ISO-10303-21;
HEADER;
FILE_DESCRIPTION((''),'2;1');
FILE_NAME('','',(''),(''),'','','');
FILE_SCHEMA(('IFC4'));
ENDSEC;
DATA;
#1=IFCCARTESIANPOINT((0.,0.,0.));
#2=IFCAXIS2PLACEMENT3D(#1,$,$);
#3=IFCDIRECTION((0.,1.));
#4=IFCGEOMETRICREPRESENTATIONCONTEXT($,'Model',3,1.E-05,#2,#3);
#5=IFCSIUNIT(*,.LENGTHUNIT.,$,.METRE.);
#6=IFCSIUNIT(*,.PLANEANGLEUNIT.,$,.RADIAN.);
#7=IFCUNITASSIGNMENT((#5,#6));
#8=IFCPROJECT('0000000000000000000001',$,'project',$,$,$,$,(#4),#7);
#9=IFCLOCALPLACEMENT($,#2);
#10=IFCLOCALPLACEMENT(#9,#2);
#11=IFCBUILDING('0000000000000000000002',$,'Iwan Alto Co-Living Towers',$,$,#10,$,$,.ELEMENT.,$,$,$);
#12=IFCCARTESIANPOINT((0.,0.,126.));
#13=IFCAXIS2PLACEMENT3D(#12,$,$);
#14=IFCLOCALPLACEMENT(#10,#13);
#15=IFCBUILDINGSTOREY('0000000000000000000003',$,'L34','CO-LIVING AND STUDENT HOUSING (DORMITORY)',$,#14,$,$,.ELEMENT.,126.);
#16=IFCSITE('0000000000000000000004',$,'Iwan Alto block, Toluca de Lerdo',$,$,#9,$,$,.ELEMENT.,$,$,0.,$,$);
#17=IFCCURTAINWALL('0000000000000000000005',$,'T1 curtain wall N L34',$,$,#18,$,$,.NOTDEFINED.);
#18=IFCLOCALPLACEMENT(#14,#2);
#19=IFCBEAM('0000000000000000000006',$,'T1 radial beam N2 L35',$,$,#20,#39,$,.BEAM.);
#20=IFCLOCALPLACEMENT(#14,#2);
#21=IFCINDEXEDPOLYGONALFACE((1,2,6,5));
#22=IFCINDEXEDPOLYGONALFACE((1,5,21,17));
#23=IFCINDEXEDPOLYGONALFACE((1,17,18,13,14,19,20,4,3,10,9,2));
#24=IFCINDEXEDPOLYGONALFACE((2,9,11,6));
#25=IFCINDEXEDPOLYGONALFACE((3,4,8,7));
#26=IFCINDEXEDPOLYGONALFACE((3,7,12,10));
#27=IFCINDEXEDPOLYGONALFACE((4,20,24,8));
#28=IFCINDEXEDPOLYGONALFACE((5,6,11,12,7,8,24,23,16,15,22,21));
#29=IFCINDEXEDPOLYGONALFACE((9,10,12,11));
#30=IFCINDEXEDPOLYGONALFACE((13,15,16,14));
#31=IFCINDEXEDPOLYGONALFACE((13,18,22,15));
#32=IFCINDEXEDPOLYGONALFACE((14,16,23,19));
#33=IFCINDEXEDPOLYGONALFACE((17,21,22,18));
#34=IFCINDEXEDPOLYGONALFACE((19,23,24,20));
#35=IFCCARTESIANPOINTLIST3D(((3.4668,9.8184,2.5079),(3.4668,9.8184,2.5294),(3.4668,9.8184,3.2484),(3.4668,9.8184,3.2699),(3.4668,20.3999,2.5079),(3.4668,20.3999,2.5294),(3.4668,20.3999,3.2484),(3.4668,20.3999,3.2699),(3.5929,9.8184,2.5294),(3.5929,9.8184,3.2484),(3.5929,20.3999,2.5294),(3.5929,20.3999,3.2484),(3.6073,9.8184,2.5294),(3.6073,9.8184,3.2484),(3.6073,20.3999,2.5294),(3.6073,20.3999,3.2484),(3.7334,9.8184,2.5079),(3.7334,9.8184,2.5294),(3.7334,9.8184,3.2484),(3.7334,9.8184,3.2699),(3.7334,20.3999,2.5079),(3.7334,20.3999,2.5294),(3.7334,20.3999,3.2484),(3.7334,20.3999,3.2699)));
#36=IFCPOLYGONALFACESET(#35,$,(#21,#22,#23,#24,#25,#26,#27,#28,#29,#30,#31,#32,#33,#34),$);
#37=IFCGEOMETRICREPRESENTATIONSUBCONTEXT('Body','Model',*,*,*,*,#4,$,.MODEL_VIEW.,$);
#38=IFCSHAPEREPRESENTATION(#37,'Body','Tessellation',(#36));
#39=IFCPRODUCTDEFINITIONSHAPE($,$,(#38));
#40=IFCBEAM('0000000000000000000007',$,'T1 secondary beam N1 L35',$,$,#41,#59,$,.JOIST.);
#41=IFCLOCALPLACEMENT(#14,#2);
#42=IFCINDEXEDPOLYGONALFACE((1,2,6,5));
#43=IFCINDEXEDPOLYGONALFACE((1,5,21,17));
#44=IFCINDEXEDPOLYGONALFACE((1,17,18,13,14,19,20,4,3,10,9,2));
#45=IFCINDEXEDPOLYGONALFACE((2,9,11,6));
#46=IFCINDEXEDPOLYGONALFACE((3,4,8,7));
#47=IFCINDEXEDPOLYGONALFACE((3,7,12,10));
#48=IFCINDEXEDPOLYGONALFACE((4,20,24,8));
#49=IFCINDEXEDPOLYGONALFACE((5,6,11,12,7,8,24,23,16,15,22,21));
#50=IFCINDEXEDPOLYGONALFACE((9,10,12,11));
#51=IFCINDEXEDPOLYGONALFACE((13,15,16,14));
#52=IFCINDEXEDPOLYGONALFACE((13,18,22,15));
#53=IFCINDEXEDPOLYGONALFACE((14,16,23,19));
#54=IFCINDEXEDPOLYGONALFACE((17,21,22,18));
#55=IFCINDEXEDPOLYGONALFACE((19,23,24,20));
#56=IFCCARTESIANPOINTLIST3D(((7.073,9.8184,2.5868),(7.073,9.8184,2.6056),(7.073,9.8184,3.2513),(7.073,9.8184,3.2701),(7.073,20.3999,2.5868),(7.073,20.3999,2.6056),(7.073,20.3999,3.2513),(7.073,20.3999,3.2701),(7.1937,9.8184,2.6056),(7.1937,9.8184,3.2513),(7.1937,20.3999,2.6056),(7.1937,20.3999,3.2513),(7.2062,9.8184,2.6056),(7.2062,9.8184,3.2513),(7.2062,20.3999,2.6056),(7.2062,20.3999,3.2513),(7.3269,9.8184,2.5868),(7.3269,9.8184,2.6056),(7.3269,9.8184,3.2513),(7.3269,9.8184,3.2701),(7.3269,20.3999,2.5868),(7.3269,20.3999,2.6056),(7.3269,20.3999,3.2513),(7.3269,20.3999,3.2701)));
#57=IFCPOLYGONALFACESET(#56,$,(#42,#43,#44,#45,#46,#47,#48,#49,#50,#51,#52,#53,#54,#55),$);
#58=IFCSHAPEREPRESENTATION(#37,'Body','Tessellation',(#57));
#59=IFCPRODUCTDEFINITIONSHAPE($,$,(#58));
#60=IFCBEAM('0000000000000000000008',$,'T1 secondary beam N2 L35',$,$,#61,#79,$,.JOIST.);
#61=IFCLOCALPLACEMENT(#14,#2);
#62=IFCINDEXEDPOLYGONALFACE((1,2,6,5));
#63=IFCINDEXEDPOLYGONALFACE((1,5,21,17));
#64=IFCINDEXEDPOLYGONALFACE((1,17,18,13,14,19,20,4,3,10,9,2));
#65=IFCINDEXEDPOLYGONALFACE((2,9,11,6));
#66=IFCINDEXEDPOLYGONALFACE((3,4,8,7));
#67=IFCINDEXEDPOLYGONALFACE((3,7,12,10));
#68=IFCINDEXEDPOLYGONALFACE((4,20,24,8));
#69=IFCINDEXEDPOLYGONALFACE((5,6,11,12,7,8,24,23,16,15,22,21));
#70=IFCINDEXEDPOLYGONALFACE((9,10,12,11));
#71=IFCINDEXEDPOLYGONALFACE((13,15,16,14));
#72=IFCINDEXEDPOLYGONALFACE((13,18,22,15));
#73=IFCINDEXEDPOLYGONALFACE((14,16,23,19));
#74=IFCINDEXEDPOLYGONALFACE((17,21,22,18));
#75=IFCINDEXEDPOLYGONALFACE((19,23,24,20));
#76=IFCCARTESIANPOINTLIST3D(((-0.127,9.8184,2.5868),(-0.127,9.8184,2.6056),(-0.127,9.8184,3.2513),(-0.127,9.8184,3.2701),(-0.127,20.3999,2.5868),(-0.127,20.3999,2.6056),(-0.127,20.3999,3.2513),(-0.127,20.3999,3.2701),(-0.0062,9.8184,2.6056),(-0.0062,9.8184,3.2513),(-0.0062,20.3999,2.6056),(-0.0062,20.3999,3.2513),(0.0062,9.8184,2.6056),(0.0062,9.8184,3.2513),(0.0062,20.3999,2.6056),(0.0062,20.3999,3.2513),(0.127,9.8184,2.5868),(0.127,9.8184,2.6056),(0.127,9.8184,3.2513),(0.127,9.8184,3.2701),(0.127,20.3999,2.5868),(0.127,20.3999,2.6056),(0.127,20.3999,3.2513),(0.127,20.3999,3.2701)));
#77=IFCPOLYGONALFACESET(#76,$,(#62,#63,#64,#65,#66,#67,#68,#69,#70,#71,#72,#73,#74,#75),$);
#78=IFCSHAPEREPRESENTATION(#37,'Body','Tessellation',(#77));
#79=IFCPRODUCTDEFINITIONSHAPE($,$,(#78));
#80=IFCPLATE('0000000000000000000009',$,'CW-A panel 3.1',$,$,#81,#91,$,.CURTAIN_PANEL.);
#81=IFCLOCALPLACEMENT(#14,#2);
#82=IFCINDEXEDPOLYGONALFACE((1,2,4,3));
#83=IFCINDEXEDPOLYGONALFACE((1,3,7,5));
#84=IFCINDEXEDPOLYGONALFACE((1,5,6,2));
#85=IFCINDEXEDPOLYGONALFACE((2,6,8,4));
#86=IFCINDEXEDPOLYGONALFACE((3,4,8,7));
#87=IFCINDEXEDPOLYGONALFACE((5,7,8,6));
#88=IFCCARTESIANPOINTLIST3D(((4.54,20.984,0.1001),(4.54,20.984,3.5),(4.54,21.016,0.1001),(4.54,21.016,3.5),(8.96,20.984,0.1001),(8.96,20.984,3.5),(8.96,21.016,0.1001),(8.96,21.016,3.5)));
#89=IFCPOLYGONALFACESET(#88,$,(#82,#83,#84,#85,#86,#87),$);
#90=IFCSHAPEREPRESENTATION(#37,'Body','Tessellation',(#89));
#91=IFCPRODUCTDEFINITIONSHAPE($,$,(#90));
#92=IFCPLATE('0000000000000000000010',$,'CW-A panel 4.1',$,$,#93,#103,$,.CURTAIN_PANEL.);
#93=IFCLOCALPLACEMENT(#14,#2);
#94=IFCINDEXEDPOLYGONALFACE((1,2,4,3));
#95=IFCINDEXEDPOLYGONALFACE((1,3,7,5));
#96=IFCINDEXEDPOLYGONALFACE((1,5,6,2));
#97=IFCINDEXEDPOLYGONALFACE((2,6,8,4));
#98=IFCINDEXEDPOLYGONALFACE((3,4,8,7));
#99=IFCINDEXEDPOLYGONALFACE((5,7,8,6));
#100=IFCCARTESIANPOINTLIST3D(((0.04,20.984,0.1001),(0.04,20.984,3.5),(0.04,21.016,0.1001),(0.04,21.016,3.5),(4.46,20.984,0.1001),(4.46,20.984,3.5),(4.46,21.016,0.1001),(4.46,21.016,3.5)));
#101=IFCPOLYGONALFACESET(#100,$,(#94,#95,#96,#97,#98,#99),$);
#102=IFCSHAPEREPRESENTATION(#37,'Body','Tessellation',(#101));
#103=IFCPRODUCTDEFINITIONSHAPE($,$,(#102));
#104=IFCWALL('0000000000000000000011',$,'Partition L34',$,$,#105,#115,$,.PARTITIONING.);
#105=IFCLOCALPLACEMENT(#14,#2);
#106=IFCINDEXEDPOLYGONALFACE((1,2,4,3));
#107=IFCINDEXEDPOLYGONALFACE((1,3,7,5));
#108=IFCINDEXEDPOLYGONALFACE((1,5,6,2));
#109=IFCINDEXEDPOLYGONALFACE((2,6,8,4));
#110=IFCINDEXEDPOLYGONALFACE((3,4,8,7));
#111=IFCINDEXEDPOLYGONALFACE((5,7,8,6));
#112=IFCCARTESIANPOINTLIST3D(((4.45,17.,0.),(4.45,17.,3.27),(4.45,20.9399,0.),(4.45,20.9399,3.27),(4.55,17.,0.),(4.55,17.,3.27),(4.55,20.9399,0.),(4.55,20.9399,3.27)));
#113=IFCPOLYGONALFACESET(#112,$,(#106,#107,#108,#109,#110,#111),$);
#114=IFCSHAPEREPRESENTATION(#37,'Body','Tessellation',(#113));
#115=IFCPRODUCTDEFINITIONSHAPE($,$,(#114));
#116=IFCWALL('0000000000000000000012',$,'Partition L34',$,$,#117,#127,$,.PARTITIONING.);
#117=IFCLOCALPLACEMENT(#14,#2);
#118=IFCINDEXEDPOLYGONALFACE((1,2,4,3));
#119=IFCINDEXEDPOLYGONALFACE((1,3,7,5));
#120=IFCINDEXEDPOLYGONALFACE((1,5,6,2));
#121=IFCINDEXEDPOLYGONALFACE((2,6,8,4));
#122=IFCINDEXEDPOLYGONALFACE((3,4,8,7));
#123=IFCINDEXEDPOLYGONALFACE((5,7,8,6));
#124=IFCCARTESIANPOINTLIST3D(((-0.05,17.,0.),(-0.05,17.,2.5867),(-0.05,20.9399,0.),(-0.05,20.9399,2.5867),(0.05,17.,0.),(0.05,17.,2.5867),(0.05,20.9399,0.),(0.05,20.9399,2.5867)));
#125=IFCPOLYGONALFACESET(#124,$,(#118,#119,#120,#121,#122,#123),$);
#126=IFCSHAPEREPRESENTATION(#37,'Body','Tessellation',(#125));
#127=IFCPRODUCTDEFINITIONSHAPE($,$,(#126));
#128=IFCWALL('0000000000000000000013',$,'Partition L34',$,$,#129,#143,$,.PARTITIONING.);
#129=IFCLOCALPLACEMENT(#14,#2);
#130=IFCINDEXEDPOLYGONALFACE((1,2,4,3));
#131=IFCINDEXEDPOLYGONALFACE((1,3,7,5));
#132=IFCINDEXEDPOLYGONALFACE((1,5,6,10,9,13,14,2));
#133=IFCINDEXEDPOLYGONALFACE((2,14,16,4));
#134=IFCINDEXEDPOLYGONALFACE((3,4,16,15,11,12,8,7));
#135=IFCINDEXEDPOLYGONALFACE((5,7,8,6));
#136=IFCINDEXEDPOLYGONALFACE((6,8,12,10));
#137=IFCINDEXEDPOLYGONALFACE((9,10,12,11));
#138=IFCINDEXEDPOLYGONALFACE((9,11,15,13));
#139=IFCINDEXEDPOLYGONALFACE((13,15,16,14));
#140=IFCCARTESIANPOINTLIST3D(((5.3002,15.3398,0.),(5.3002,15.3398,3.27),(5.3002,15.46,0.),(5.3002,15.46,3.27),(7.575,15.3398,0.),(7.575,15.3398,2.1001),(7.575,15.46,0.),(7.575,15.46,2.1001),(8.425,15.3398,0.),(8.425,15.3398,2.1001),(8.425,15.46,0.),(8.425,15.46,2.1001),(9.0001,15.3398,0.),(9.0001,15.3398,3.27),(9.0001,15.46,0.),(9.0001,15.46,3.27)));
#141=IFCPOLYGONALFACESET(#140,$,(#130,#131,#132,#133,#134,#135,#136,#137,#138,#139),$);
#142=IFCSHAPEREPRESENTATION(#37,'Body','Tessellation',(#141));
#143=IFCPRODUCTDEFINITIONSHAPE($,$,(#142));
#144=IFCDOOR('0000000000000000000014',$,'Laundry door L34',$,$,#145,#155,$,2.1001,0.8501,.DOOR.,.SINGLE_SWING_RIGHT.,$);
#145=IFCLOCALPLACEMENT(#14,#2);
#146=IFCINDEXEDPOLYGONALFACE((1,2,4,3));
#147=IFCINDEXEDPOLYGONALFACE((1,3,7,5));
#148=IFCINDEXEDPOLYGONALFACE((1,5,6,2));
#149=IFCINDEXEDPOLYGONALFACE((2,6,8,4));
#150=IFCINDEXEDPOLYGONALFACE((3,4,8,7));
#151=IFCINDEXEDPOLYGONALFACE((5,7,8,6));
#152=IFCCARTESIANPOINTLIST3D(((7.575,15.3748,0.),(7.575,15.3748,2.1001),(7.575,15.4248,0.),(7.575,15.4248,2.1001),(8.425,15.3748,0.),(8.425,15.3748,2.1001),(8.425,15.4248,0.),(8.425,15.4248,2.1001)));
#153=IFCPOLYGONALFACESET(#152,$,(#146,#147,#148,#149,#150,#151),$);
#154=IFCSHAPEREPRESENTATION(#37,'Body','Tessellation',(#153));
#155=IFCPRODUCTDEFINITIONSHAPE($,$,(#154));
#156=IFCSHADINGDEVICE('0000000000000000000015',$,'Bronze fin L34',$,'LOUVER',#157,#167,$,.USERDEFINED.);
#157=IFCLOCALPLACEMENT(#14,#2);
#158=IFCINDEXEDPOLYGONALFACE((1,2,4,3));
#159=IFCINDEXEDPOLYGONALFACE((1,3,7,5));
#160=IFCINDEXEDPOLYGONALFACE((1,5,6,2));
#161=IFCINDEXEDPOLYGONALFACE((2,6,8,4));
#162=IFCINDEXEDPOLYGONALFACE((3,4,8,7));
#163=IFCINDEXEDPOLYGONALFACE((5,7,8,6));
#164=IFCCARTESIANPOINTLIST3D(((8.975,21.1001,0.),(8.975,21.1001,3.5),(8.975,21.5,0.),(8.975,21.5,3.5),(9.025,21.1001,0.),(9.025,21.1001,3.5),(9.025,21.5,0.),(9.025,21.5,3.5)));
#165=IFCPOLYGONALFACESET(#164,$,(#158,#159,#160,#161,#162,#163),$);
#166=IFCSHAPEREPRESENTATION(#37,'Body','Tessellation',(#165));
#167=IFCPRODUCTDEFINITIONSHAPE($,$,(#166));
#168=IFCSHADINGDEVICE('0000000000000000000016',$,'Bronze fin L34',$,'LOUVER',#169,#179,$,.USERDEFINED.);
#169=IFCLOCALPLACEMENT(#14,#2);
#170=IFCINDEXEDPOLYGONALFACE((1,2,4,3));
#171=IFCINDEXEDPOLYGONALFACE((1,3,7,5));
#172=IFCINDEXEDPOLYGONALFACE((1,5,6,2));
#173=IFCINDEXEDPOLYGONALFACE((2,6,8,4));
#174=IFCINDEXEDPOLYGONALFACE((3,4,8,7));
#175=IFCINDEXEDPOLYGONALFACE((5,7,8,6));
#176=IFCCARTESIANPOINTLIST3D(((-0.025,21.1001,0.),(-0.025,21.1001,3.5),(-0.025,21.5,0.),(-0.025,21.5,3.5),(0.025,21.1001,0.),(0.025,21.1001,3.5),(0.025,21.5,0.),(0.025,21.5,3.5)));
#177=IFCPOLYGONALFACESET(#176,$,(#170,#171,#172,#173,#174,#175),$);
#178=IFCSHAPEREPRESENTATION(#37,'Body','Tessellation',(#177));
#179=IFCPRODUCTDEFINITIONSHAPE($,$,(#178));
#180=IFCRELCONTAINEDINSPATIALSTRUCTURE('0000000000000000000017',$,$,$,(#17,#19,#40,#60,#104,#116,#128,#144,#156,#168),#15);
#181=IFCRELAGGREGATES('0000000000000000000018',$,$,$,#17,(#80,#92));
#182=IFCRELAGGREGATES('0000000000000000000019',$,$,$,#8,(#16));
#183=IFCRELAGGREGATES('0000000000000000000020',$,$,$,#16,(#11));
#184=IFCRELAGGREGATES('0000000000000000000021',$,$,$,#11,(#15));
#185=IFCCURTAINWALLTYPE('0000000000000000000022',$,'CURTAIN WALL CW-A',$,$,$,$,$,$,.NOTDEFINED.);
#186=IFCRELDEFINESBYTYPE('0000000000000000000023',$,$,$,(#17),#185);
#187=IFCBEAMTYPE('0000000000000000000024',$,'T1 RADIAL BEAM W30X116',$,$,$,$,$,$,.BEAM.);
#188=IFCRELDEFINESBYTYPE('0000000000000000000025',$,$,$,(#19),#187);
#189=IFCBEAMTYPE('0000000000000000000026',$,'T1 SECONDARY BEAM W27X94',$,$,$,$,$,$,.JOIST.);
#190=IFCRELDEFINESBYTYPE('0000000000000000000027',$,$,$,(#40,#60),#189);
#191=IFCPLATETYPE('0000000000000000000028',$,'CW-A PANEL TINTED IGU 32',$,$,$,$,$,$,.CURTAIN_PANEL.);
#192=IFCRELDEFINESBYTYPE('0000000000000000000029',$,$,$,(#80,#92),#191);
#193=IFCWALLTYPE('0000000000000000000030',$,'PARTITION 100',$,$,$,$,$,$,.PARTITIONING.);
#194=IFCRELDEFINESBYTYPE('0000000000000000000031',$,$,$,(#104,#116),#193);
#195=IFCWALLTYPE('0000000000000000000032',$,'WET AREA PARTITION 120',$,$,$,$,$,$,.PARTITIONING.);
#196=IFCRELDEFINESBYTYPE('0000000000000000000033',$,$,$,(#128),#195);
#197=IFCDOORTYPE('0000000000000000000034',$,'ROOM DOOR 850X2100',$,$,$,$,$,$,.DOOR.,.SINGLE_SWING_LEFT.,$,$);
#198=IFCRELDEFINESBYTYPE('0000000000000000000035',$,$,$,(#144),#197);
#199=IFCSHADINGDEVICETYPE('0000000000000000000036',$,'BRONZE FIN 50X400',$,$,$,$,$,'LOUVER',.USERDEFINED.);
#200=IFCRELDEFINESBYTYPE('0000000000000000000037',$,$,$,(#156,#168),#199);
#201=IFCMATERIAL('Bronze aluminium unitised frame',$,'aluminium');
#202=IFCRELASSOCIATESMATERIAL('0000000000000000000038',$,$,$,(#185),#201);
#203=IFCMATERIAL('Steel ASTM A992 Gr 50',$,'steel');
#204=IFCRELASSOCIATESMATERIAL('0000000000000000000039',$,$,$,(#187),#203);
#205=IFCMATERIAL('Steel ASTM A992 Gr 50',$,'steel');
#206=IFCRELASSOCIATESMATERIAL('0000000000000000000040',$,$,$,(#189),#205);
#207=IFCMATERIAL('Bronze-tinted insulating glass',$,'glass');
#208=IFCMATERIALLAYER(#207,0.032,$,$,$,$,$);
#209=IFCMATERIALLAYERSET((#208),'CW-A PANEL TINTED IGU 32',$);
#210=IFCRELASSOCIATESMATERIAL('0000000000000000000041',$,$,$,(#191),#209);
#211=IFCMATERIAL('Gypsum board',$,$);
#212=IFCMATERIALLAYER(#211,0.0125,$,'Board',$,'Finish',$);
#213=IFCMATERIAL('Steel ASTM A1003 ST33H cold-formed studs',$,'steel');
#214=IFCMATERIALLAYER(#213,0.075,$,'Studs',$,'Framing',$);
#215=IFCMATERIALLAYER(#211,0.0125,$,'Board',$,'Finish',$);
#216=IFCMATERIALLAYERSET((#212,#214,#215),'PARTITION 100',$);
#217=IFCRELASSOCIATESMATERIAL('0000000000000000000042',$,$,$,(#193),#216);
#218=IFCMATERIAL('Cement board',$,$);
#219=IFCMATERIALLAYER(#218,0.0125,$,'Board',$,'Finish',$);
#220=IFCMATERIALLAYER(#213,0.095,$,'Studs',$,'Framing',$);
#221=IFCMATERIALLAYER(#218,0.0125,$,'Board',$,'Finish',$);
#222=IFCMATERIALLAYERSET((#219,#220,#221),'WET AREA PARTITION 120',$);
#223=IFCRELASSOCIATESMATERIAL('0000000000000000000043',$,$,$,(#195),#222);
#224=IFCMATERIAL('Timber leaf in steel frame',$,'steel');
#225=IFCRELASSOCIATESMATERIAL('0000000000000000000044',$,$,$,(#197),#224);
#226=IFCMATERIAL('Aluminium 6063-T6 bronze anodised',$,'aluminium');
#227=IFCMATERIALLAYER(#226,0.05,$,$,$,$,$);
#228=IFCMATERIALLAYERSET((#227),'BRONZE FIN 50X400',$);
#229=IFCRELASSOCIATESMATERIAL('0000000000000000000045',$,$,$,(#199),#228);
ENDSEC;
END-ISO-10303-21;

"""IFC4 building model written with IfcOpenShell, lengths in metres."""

from ifc_helpers import new_model, si_unit, direction, frame, frame_2d, origin, origin_2d, place, context, subcontext, project, spatial, rectangle, i_section, extrude, material, layer, layer_set, material_profile, profile_set, type_object, element, fill, aggregate, save


model = new_model("IFC4")

# Units and contexts
model_context = context("Model", 3, precision=1e-05, world=origin(), true_north=direction((0.0, 1.0)))
body_context = subcontext(model_context, "Body", "Model", "MODEL_VIEW")
ifc_project = project(units=[si_unit("LENGTHUNIT", "METRE"), si_unit("PLANEANGLEUNIT", "RADIAN")], contexts=[model_context])

# Site, building, storey
site_placement = place(None, origin())
site = spatial("IfcSite", under=ifc_project, at=site_placement, Name="Iwan Alto block, Toluca de Lerdo", CompositionType="ELEMENT", RefElevation=0.0)
building_placement = place(site_placement, origin())
building = spatial("IfcBuilding", under=site, at=building_placement, Name="Iwan Alto Co-Living Towers", CompositionType="ELEMENT")
storey_placement = place(building_placement, frame((0.0, 0.0, 126.0)))
storey = spatial("IfcBuildingStorey", under=building, at=storey_placement, Name="L34", Description="CO-LIVING AND STUDENT HOUSING (DORMITORY)", CompositionType="ELEMENT", Elevation=126.0)

# Curtain wall
ifc_material_1 = material(Name="Bronze aluminium unitised frame", Category="aluminium")
curtain_wall_type = type_object("IfcCurtainWallType", Name="CURTAIN WALL CW-A", PredefinedType="NOTDEFINED", material=ifc_material_1)
curtain_wall_placement = place(storey_placement, origin())
curtain_wall = element("IfcCurtainWall", 1, at=curtain_wall_placement, inside=storey, type_object=curtain_wall_type, Name="T1 curtain wall N L34", PredefinedType="NOTDEFINED")

# Beams
ifc_material_2 = material(Name="Steel ASTM A992 Gr 50", Category="steel")
ifc_material_profile_1 = material_profile(ifc_material_2, i_section(OverallWidth=0.2666, OverallDepth=0.762, WebThickness=0.0144, FlangeThickness=0.0215, at=origin_2d()), Name="W30X116")
ifc_profile_set_1 = profile_set([ifc_material_profile_1], Name="Steel ASTM A992 Gr 50")
beam_type_1 = type_object("IfcBeamType", Name="T1 RADIAL BEAM W30X116", PredefinedType="BEAM", material=ifc_profile_set_1)
beam_1_placement = place(storey_placement, frame((3.6001, 20.3999, 2.8889), z_axis=(0.0, -1.0, 0.0), x_axis=(1.0, 0.0, 0.0)))
element("IfcBeam", 2, at=beam_1_placement, inside=storey, type_object=beam_type_1, Name="T1 radial beam N2 L35", PredefinedType="BEAM", context=body_context, shape_type="SweptSolid", body=[
    extrude(i_section(OverallWidth=0.2666, OverallDepth=0.762, WebThickness=0.0144, FlangeThickness=0.0215, at=origin_2d()), origin(), (0.0, 0.0, 1.0), 10.5815),
])
ifc_material_3 = material(Name="Steel ASTM A992 Gr 50", Category="steel")
ifc_material_profile_2 = material_profile(ifc_material_3, i_section(OverallWidth=0.2539, OverallDepth=0.6833, WebThickness=0.0125, FlangeThickness=0.0188, at=origin_2d()), Name="W27X94")
ifc_profile_set_2 = profile_set([ifc_material_profile_2], Name="Steel ASTM A992 Gr 50")
beam_type_2 = type_object("IfcBeamType", Name="T1 SECONDARY BEAM W27X94", PredefinedType="JOIST", material=ifc_profile_set_2)
for number, where, z_axis, x_axis, name in (
    (3, (7.2, 20.3999, 2.9285), (0.0, -1.0, 0.0), (1.0, 0.0, 0.0), "T1 secondary beam N1 L35"),
    (4, (0.0, 20.3999, 2.9285), (0.0, -1.0, 0.0), (1.0, 0.0, 0.0), "T1 secondary beam N2 L35"),
):
    element("IfcBeam", number, at=place(storey_placement, frame(where, z_axis=z_axis, x_axis=x_axis)), inside=storey, type_object=beam_type_2, Name=name, PredefinedType="JOIST", context=body_context, shape_type="SweptSolid", body=[
        extrude(i_section(OverallWidth=0.2539, OverallDepth=0.6833, WebThickness=0.0125, FlangeThickness=0.0188, at=origin_2d()), origin(), (0.0, 0.0, 1.0), 10.5815),
    ])

# Plates
ifc_material_4 = material(Name="Bronze-tinted insulating glass", Category="glass")
ifc_layer_1 = layer(ifc_material_4, 0.032)
ifc_layer_set_1 = layer_set([ifc_layer_1], Name="CW-A PANEL TINTED IGU 32")
plate_type = type_object("IfcPlateType", Name="CW-A PANEL TINTED IGU 32", PredefinedType="CURTAIN_PANEL", material=ifc_layer_set_1)
plate_1_placement = place(storey_placement, frame((6.75, 21.0, 0.1001), z_axis=(0.0, 0.0, 1.0), x_axis=(-1.0, 0.0, 0.0)))
plate_1 = element("IfcPlate", 5, at=plate_1_placement, type_object=plate_type, Name="CW-A panel 3.1", PredefinedType="CURTAIN_PANEL", context=body_context, shape_type="SweptSolid", body=[
    extrude(rectangle(XDim=4.4199, YDim=0.032, at=origin_2d()), origin(), (0.0, 0.0, 1.0), 3.3999),
])
plate_2_placement = place(storey_placement, frame((2.25, 21.0, 0.1001), z_axis=(0.0, 0.0, 1.0), x_axis=(-1.0, 0.0, 0.0)))
plate_2 = element("IfcPlate", 6, at=plate_2_placement, type_object=plate_type, Name="CW-A panel 4.1", PredefinedType="CURTAIN_PANEL", context=body_context, shape_type="SweptSolid", body=[
    extrude(rectangle(XDim=4.4199, YDim=0.032, at=origin_2d()), origin(), (0.0, 0.0, 1.0), 3.3999),
])
aggregate(curtain_wall, [plate_1, plate_2])

# Walls
ifc_material_5 = material(Name="Gypsum board")
ifc_layer_2 = layer(ifc_material_5, 0.0125, Name="Board", Category="Finish")
ifc_material_6 = material(Name="Steel ASTM A1003 ST33H cold-formed studs", Category="steel")
ifc_layer_3 = layer(ifc_material_6, 0.075, Name="Studs", Category="Framing")
ifc_layer_4 = layer(ifc_material_5, 0.0125, Name="Board", Category="Finish")
ifc_layer_set_2 = layer_set([ifc_layer_2, ifc_layer_3, ifc_layer_4], Name="PARTITION 100")
wall_type_1 = type_object("IfcWallType", Name="PARTITION 100", PredefinedType="PARTITIONING", material=ifc_layer_set_2)
wall_1_placement = place(storey_placement, frame((4.5, 17.0, 0.0), z_axis=(0.0, 0.0, 1.0), x_axis=(0.0, 1.0, 0.0)))
element("IfcWall", 7, at=wall_1_placement, inside=storey, type_object=wall_type_1, Name="Partition L34", PredefinedType="PARTITIONING", context=body_context, shape_type="SweptSolid", body=[
    extrude(rectangle(XDim=3.9399, YDim=0.1001, at=frame_2d((1.97, 0.0))), origin(), (0.0, 0.0, 1.0), 3.27),
])
wall_2_placement = place(storey_placement, frame((0.0, 17.0, 0.0), z_axis=(0.0, 0.0, 1.0), x_axis=(0.0, 1.0, 0.0)))
element("IfcWall", 8, at=wall_2_placement, inside=storey, type_object=wall_type_1, Name="Partition L34", PredefinedType="PARTITIONING", context=body_context, shape_type="SweptSolid", body=[
    extrude(rectangle(XDim=3.9399, YDim=0.1001, at=frame_2d((1.97, 0.0))), origin(), (0.0, 0.0, 1.0), 2.5867),
])

# Wall, opening, door
ifc_material_7 = material(Name="Cement board")
ifc_layer_5 = layer(ifc_material_7, 0.0125, Name="Board", Category="Finish")
ifc_layer_6 = layer(ifc_material_6, 0.095, Name="Studs", Category="Framing")
ifc_layer_7 = layer(ifc_material_7, 0.0125, Name="Board", Category="Finish")
ifc_layer_set_3 = layer_set([ifc_layer_5, ifc_layer_6, ifc_layer_7], Name="WET AREA PARTITION 120")
wall_type_2 = type_object("IfcWallType", Name="WET AREA PARTITION 120", PredefinedType="PARTITIONING", material=ifc_layer_set_3)
wall_3_placement = place(storey_placement, frame((5.3, 15.3999, 0.0), z_axis=(0.0, 0.0, 1.0), x_axis=(1.0, 0.0, 0.0)))
wall_3 = element("IfcWall", 9, at=wall_3_placement, inside=storey, type_object=wall_type_2, Name="Partition L34", PredefinedType="PARTITIONING", context=body_context, shape_type="SweptSolid", body=[
    extrude(rectangle(XDim=3.7, YDim=0.1201, at=frame_2d((1.8501, 0.0))), origin(), (0.0, 0.0, 1.0), 3.27),
])
opening_placement = place(wall_3_placement, frame((2.2749, 0.0, 0.0)))
opening = element("IfcOpeningElement", 10, at=opening_placement, cuts=wall_3, PredefinedType="OPENING", context=body_context, shape_type="SweptSolid", body=[
    extrude(rectangle(XDim=0.8501, YDim=2.1001, at=frame_2d((0.425, 1.05))), frame((0.0, 0.0701, 0.0), z_axis=(0.0, -1.0, 0.0), x_axis=(1.0, 0.0, 0.0)), (0.0, 0.0, 1.0), 0.1401),
])
ifc_material_8 = material(Name="Timber leaf in steel frame", Category="steel")
door_type = type_object("IfcDoorType", Name="ROOM DOOR 850X2100", OperationType="SINGLE_SWING_LEFT", PredefinedType="DOOR", material=ifc_material_8)
door_placement = place(opening_placement, origin())
door = element("IfcDoor", 11, at=door_placement, inside=storey, type_object=door_type, Name="Laundry door L34", OperationType="SINGLE_SWING_RIGHT", OverallHeight=2.1001, OverallWidth=0.8501, PredefinedType="DOOR", context=body_context, shape_type="SweptSolid", body=[
    extrude(rectangle(XDim=0.8501, YDim=2.1001, at=frame_2d((0.425, 1.05))), frame((0.0, 0.0249, 0.0), z_axis=(0.0, -1.0, 0.0), x_axis=(1.0, 0.0, 0.0)), (0.0, 0.0, 1.0), 0.05),
])
fill(opening, door)

# Shading devices
ifc_material_9 = material(Name="Aluminium 6063-T6 bronze anodised", Category="aluminium")
ifc_layer_8 = layer(ifc_material_9, 0.05)
ifc_layer_set_4 = layer_set([ifc_layer_8], Name="BRONZE FIN 50X400")
shading_device_type = type_object("IfcShadingDeviceType", Name="BRONZE FIN 50X400", ElementType="LOUVER", PredefinedType="USERDEFINED", material=ifc_layer_set_4)
for number, where, z_axis, x_axis, name in (
    (12, (9.0, 21.3, 0.0), (0.0, 0.0, 1.0), (-1.0, 0.0, 0.0), "Bronze fin L34"),
    (13, (0.0, 21.3, 0.0), (0.0, 0.0, 1.0), (-1.0, 0.0, 0.0), "Bronze fin L34"),
):
    element("IfcShadingDevice", number, at=place(storey_placement, frame(where, z_axis=z_axis, x_axis=x_axis)), inside=storey, type_object=shading_device_type, Name=name, ObjectType="LOUVER", PredefinedType="USERDEFINED", context=body_context, shape_type="SweptSolid", body=[
        extrude(rectangle(XDim=0.05, YDim=0.3999, at=origin_2d()), origin(), (0.0, 0.0, 1.0), 3.5),
    ])

save(model, "model.ifc")
